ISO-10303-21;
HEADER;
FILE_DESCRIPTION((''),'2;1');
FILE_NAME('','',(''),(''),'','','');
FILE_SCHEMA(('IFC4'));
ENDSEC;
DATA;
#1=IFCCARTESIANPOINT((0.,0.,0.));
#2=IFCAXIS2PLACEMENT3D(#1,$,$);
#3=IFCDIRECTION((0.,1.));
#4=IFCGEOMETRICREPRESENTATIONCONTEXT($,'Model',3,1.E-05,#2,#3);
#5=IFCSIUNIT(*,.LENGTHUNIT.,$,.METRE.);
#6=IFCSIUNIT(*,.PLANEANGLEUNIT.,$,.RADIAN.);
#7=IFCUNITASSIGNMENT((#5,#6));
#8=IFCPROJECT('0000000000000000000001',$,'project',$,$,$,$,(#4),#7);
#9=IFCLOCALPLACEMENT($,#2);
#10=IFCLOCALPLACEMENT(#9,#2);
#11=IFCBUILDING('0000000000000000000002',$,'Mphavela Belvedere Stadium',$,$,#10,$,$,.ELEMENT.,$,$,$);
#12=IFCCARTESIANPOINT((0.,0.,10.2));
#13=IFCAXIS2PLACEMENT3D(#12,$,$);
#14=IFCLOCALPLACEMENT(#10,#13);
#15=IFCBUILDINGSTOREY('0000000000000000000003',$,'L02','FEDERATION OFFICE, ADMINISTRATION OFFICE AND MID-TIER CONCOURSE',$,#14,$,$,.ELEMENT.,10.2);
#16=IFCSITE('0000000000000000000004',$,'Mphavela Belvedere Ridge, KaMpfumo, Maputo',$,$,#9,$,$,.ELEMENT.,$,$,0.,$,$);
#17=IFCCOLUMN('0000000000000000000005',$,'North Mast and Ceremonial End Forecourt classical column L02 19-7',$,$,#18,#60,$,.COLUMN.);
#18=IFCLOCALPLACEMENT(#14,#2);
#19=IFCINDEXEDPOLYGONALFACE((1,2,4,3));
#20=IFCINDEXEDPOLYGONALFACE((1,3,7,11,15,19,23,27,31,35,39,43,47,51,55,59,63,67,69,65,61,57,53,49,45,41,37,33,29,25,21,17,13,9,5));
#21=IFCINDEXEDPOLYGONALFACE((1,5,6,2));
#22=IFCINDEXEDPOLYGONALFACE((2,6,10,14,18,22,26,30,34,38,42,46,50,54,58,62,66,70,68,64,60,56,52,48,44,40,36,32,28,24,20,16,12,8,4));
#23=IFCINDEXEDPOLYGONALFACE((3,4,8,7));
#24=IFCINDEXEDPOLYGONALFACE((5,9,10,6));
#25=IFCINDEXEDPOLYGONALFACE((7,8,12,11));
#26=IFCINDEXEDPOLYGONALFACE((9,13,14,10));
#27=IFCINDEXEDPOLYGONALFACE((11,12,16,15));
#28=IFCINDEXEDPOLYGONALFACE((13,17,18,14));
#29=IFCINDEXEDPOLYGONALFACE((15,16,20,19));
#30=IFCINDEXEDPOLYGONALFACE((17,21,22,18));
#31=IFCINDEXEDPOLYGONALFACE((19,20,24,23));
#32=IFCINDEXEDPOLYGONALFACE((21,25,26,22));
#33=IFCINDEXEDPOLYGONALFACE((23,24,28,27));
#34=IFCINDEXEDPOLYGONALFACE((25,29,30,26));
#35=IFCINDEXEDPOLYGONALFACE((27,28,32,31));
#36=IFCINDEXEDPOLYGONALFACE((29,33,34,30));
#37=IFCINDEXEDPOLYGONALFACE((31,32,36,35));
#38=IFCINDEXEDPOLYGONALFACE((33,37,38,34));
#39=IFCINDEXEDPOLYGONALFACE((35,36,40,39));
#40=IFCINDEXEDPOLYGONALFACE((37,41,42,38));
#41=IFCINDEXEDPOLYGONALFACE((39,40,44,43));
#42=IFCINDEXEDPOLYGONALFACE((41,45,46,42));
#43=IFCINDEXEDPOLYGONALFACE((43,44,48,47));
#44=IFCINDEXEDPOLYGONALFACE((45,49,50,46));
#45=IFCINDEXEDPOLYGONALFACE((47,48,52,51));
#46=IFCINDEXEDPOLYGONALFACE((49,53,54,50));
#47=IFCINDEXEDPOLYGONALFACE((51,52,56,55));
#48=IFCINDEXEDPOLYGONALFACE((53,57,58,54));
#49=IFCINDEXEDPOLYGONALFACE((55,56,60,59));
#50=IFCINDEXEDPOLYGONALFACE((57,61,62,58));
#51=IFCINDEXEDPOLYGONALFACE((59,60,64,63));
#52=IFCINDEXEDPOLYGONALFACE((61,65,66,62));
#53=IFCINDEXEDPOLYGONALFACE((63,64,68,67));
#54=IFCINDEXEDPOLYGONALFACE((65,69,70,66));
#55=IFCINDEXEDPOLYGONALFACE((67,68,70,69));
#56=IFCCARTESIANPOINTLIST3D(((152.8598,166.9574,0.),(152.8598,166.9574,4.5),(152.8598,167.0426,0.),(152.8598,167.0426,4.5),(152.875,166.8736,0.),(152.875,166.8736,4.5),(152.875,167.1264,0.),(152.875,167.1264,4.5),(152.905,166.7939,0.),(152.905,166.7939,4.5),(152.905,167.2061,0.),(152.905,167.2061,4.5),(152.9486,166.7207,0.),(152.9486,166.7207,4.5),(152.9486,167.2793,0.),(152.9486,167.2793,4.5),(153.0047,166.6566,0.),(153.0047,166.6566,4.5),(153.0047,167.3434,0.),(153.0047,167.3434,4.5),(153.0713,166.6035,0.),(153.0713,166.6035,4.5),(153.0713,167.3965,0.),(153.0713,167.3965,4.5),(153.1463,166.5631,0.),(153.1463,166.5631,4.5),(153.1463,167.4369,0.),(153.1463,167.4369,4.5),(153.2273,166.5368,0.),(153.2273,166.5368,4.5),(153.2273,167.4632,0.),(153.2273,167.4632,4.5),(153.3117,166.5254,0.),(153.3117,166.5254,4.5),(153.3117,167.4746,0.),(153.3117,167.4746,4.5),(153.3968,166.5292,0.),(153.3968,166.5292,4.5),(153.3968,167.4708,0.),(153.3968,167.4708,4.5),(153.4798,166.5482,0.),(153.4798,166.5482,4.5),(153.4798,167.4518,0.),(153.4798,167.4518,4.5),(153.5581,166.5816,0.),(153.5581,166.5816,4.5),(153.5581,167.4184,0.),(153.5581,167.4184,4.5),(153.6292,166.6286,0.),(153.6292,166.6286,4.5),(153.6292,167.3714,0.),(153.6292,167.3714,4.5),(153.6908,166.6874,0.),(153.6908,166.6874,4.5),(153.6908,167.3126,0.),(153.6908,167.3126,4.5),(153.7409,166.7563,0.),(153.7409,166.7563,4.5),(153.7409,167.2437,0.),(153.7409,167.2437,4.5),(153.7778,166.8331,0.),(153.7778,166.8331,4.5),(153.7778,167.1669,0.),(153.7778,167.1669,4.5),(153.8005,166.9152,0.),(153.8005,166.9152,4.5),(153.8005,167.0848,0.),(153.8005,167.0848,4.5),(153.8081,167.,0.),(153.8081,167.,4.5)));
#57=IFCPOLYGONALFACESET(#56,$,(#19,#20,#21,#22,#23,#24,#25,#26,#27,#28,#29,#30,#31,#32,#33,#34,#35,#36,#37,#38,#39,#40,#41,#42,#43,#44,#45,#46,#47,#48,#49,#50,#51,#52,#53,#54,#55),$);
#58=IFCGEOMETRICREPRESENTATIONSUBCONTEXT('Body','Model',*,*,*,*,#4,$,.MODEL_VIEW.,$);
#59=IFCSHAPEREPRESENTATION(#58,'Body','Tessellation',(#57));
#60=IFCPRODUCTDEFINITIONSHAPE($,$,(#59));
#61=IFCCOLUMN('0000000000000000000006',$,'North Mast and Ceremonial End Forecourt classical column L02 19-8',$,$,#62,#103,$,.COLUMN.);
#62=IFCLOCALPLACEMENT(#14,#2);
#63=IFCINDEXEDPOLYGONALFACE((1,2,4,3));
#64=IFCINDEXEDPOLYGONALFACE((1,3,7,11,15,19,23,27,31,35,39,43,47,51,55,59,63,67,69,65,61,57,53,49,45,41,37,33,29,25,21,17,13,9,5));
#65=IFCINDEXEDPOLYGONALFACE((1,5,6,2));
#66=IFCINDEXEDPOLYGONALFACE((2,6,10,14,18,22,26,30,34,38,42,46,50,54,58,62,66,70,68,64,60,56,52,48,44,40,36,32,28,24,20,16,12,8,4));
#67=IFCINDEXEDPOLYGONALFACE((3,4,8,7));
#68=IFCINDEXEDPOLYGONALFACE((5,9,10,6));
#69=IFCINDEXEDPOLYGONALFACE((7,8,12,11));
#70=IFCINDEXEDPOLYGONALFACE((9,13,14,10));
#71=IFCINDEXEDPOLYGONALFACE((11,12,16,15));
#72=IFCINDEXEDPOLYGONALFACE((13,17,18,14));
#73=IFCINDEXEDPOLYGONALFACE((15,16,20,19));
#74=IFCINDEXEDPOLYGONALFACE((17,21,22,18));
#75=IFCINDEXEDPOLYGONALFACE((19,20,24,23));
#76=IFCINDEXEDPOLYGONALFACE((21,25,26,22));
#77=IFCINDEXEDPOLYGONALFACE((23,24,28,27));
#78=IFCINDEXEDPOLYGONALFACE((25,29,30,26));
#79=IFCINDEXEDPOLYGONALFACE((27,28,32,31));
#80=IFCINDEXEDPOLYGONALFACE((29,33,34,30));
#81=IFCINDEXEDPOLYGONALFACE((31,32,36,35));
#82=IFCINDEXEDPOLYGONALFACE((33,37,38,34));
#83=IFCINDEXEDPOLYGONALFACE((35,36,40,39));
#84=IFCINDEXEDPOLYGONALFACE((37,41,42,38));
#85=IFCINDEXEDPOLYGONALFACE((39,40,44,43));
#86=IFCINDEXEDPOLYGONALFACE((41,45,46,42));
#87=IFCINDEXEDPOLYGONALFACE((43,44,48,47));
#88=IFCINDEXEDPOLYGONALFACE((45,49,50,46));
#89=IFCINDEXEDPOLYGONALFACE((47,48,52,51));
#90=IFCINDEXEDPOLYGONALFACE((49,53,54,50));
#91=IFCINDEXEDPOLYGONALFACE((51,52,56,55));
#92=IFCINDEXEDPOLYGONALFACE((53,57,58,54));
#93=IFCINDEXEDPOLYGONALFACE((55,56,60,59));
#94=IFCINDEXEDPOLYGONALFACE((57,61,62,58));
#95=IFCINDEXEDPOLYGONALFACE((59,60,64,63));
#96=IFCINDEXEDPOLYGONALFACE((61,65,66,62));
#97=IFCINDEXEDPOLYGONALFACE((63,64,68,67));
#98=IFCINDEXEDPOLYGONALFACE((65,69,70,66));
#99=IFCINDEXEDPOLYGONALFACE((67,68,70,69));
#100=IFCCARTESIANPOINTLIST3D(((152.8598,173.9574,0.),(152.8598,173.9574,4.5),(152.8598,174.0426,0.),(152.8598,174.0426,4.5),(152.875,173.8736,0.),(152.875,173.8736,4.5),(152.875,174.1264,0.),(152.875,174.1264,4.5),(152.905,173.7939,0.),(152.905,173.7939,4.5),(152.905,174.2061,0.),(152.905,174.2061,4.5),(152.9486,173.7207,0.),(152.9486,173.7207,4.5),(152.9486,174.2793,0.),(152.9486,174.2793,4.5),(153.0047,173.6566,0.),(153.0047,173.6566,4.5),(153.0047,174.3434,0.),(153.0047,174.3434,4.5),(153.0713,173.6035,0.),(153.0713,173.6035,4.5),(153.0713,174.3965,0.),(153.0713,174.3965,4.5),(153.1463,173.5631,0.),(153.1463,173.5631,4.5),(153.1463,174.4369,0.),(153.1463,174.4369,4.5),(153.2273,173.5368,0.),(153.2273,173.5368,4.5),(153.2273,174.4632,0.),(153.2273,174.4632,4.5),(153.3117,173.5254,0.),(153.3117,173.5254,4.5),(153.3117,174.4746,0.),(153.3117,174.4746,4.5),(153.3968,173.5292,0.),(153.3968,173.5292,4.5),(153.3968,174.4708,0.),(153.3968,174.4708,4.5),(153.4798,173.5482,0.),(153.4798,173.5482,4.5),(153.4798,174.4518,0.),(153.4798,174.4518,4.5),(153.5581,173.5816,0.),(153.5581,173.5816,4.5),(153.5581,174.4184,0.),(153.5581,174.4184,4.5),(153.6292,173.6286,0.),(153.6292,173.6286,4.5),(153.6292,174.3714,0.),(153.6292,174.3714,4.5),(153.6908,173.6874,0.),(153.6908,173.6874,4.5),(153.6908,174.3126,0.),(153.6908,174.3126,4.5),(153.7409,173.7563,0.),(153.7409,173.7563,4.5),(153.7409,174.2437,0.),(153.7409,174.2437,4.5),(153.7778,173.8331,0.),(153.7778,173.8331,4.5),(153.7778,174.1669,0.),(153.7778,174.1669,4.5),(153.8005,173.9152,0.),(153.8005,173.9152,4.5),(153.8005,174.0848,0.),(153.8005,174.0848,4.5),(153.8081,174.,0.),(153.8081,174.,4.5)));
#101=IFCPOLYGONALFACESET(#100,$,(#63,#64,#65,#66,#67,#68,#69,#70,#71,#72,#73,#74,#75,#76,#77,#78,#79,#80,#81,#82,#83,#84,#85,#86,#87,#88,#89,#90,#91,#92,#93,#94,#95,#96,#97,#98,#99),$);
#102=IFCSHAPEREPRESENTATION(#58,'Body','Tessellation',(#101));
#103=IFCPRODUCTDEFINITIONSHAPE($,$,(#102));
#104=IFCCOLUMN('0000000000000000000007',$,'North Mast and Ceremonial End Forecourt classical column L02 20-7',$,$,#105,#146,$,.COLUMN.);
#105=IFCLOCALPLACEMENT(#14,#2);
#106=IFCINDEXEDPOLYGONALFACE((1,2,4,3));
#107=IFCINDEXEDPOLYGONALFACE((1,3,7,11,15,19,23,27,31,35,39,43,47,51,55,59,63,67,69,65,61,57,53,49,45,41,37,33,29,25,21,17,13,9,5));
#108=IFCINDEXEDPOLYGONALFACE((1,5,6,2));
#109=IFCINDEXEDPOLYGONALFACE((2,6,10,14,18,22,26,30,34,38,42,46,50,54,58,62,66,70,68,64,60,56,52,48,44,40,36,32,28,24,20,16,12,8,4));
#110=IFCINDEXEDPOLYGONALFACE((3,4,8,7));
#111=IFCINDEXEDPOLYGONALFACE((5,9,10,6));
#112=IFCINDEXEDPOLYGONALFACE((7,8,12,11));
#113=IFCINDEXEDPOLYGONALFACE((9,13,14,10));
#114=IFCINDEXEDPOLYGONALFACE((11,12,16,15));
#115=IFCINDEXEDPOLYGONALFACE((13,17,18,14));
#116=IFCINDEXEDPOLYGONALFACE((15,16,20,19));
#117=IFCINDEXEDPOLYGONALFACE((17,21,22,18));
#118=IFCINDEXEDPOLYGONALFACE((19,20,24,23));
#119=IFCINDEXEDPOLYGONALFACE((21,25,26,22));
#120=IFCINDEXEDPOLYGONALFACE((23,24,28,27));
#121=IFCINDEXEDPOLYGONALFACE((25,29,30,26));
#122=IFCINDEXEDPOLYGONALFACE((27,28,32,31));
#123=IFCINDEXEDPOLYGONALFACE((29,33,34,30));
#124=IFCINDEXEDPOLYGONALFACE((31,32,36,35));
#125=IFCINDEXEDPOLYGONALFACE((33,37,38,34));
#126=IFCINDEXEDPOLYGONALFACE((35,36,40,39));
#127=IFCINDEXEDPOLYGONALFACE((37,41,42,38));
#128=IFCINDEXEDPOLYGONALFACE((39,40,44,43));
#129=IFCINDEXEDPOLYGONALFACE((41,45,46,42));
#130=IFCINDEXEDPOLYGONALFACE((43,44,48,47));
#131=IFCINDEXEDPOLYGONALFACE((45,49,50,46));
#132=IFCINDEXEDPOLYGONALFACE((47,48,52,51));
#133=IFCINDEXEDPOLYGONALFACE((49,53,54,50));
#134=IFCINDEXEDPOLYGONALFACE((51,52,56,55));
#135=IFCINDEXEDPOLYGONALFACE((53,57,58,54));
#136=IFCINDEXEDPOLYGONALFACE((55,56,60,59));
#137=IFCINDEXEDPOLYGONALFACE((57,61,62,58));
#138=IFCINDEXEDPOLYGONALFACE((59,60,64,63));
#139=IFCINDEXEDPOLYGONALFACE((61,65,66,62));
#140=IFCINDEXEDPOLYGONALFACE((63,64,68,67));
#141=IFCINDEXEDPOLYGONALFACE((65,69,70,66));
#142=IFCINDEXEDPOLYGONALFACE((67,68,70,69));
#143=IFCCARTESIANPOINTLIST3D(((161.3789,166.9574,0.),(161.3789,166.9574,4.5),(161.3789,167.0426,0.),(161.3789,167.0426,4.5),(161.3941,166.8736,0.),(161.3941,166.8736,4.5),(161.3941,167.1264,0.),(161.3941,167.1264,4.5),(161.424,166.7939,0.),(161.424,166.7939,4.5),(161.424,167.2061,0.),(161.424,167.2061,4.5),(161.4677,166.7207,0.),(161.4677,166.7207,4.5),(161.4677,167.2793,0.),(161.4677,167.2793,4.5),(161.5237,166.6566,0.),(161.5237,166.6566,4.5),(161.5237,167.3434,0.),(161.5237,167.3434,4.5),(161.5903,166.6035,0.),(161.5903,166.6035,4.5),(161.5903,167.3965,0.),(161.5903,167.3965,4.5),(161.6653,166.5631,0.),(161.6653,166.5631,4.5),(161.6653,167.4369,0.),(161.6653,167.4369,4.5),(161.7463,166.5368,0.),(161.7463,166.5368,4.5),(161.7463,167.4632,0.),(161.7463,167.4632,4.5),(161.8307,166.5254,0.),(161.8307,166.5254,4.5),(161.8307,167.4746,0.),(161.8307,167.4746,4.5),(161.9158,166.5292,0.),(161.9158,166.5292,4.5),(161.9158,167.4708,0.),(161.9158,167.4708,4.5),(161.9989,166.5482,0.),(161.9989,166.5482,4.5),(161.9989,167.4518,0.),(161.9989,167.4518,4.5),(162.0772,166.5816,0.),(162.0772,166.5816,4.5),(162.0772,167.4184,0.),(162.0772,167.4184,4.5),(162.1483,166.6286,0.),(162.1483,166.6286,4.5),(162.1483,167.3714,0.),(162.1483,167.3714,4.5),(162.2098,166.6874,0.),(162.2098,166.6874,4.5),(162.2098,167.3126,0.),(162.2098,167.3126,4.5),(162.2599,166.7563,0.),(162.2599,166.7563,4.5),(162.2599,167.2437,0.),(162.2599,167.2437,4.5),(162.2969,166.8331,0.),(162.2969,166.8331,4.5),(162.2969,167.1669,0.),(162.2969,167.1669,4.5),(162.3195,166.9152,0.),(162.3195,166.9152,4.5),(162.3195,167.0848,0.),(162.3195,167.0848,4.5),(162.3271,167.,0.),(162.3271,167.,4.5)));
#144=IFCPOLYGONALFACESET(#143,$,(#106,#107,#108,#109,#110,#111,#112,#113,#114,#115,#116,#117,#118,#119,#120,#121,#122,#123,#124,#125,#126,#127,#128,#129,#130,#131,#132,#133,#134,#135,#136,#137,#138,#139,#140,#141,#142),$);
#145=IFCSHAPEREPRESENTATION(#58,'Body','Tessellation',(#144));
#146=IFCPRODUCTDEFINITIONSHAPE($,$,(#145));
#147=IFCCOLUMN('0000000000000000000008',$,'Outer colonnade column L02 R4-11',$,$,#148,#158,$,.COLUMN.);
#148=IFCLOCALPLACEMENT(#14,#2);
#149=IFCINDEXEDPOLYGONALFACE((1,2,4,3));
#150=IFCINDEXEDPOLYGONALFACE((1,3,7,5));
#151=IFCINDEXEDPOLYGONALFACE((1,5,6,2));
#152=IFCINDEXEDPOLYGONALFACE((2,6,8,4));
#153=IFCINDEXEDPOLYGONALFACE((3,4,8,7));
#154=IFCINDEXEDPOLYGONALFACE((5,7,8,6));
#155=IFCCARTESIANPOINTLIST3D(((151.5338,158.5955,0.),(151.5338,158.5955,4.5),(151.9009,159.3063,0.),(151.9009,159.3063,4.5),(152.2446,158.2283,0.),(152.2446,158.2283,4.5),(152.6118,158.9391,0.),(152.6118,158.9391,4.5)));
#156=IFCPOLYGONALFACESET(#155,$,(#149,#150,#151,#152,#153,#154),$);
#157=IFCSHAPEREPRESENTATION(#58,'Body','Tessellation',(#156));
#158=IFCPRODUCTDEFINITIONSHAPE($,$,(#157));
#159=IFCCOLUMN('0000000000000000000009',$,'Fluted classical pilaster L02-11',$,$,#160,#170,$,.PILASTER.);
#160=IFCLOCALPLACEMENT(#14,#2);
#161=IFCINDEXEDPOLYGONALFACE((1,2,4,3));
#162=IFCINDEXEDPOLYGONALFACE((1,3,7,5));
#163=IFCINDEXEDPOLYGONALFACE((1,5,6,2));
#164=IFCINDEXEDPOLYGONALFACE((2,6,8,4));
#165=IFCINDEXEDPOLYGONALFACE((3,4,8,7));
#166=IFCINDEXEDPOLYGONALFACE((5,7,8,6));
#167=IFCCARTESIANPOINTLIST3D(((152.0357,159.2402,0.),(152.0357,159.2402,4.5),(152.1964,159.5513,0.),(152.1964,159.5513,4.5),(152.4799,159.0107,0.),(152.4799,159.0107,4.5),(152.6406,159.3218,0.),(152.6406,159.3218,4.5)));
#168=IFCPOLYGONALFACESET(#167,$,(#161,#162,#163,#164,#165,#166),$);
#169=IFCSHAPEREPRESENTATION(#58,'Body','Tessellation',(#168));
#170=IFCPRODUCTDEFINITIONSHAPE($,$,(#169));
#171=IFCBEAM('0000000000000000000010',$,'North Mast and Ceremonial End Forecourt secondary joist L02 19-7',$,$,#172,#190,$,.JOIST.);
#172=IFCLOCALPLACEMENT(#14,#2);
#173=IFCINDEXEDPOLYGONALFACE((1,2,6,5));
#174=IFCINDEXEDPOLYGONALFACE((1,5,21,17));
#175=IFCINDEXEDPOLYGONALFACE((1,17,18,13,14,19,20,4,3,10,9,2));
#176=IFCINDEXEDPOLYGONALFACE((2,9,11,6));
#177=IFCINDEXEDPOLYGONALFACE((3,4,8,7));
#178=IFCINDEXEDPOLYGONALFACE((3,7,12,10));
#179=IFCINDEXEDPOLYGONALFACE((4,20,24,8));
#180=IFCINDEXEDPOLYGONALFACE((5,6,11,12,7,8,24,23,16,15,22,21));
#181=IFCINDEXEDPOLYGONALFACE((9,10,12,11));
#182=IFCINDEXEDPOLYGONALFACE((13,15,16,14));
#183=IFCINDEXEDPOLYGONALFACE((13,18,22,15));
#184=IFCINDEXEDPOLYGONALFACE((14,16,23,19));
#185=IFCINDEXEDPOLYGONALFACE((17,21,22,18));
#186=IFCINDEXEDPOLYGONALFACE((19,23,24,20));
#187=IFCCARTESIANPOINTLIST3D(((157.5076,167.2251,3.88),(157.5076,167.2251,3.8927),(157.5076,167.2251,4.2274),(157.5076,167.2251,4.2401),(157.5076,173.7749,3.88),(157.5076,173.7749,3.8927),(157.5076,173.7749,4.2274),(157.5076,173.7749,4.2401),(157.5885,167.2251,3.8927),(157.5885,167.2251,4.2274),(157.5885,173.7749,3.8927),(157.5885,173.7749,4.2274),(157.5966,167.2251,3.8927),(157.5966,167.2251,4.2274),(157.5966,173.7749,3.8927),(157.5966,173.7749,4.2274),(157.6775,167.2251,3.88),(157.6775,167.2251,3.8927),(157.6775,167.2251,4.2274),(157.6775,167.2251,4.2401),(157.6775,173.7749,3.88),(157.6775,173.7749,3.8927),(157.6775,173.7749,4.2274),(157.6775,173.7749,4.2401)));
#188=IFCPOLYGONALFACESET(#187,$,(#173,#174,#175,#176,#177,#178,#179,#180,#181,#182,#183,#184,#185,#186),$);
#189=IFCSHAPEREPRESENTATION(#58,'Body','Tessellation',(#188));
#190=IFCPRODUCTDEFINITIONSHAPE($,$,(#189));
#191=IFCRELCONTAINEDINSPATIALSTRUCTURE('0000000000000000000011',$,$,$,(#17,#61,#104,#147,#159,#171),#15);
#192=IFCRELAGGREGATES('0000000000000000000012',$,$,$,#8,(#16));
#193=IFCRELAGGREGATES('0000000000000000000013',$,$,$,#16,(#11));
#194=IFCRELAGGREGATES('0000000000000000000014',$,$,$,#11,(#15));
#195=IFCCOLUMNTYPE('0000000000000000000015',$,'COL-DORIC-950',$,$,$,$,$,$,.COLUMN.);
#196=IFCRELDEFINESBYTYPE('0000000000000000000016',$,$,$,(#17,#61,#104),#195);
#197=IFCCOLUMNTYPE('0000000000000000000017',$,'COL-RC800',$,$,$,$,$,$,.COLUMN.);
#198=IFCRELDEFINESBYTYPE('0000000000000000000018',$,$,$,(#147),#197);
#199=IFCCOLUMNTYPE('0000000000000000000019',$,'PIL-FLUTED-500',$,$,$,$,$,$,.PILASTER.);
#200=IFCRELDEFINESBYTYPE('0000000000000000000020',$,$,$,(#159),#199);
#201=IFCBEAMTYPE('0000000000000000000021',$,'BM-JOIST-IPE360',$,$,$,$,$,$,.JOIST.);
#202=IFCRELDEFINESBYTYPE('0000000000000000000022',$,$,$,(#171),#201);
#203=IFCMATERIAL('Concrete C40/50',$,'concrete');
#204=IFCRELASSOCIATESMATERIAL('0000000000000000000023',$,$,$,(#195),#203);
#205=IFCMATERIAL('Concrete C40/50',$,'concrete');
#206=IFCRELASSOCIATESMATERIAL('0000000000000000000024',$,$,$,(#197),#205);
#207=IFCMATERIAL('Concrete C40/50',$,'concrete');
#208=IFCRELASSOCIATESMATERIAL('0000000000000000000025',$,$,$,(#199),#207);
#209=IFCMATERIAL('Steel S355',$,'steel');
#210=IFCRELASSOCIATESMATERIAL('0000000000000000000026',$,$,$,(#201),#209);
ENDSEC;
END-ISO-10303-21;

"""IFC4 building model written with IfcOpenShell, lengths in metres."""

from ifc_helpers import new_model, si_unit, direction, frame, origin, origin_2d, place, context, subcontext, project, spatial, rectangle, circle, i_section, extrude, material, material_profile, profile_set, type_object, element, save


model = new_model("IFC4")

# Units and contexts
model_context = context("Model", 3, precision=1e-05, world=origin(), true_north=direction((0.0, 1.0)))
body_context = subcontext(model_context, "Body", "Model", "MODEL_VIEW")
ifc_project = project(units=[si_unit("LENGTHUNIT", "METRE"), si_unit("PLANEANGLEUNIT", "RADIAN")], contexts=[model_context])

# Site, building, storey
site_placement = place(None, origin())
site = spatial("IfcSite", under=ifc_project, at=site_placement, Name="Mphavela Belvedere Ridge, KaMpfumo, Maputo", CompositionType="ELEMENT", RefElevation=0.0)
building_placement = place(site_placement, origin())
building = spatial("IfcBuilding", under=site, at=building_placement, Name="Mphavela Belvedere Stadium", CompositionType="ELEMENT")
storey_placement = place(building_placement, frame((0.0, 0.0, 10.2)))
storey = spatial("IfcBuildingStorey", under=building, at=storey_placement, Name="L02", Description="FEDERATION OFFICE, ADMINISTRATION OFFICE AND MID-TIER CONCOURSE", CompositionType="ELEMENT", Elevation=10.2)

# Columns
ifc_material_1 = material(Name="Concrete C40/50", Category="concrete")
ifc_material_profile_1 = material_profile(ifc_material_1, circle(Radius=0.4751, at=origin_2d()), Name="COL D950")
ifc_profile_set_1 = profile_set([ifc_material_profile_1], Name="Concrete C40/50")
column_type_1 = type_object("IfcColumnType", Name="COL-DORIC-950", PredefinedType="COLUMN", material=ifc_profile_set_1)
for number, where, z_axis, x_axis, name in (
    (1, (153.333, 167.0, 0.0), (0.0, 0.0, 1.0), (1.0, 0.0, 0.0), "North Mast and Ceremonial End Forecourt classical column L02 19-7"),
    (2, (153.333, 174.0, 0.0), (0.0, 0.0, 1.0), (1.0, 0.0, 0.0), "North Mast and Ceremonial End Forecourt classical column L02 19-8"),
    (3, (161.8521, 167.0, 0.0), (0.0, 0.0, 1.0), (1.0, 0.0, 0.0), "North Mast and Ceremonial End Forecourt classical column L02 20-7"),
):
    element("IfcColumn", number, at=place(storey_placement, frame(where, z_axis=z_axis, x_axis=x_axis)), inside=storey, type_object=column_type_1, Name=name, PredefinedType="COLUMN", context=body_context, shape_type="SweptSolid", body=[
        extrude(circle(Radius=0.4751, at=origin_2d()), origin(), (0.0, 0.0, 1.0), 4.5),
    ])
ifc_material_2 = material(Name="Concrete C40/50", Category="concrete")
ifc_material_profile_2 = material_profile(ifc_material_2, rectangle(XDim=0.8, YDim=0.8, at=origin_2d()), Name="RC 800x800")
ifc_profile_set_2 = profile_set([ifc_material_profile_2], Name="Concrete C40/50")
column_type_2 = type_object("IfcColumnType", Name="COL-RC800", PredefinedType="COLUMN", material=ifc_profile_set_2)
column_1_placement = place(storey_placement, frame((152.0728, 158.7673, 0.0), z_axis=(0.0, 0.0, 1.0), x_axis=(0.45896, 0.888457, 0.0)))
element("IfcColumn", 4, at=column_1_placement, inside=storey, type_object=column_type_2, Name="Outer colonnade column L02 R4-11", PredefinedType="COLUMN", context=body_context, shape_type="SweptSolid", body=[
    extrude(rectangle(XDim=0.8, YDim=0.8, at=origin_2d()), origin(), (0.0, 0.0, 1.0), 4.5),
])
ifc_material_3 = material(Name="Concrete C40/50", Category="concrete")
ifc_material_profile_3 = material_profile(ifc_material_3, rectangle(XDim=0.5, YDim=0.3501, at=origin_2d()), Name="PIL 500x350")
ifc_profile_set_3 = profile_set([ifc_material_profile_3], Name="Concrete C40/50")
column_type_3 = type_object("IfcColumnType", Name="PIL-FLUTED-500", PredefinedType="PILASTER", material=ifc_profile_set_3)
column_2_placement = place(storey_placement, frame((152.3381, 159.281, 0.0), z_axis=(0.0, 0.0, 1.0), x_axis=(-0.888457, 0.45896, 0.0)))
element("IfcColumn", 5, at=column_2_placement, inside=storey, type_object=column_type_3, Name="Fluted classical pilaster L02-11", PredefinedType="PILASTER", context=body_context, shape_type="SweptSolid", body=[
    extrude(rectangle(XDim=0.5, YDim=0.3501, at=origin_2d()), origin(), (0.0, 0.0, 1.0), 4.5),
])

# Beam
ifc_material_4 = material(Name="Steel S355", Category="steel")
ifc_material_profile_4 = material_profile(ifc_material_4, i_section(OverallWidth=0.1699, OverallDepth=0.3601, WebThickness=0.0081, FlangeThickness=0.0127, at=origin_2d()), Name="IPE 360")
ifc_profile_set_4 = profile_set([ifc_material_profile_4], Name="Steel S355")
beam_type_1 = type_object("IfcBeamType", Name="BM-JOIST-IPE360", PredefinedType="JOIST", material=ifc_profile_set_4)
beam_1_placement = place(storey_placement, frame((157.5925, 167.2251, 4.0601), z_axis=(0.0, 1.0, 0.0), x_axis=(-1.0, 0.0, 0.0)))
element("IfcBeam", 6, at=beam_1_placement, inside=storey, type_object=beam_type_1, Name="North Mast and Ceremonial End Forecourt secondary joist L02 19-7", PredefinedType="JOIST", context=body_context, shape_type="SweptSolid", body=[
    extrude(i_section(OverallWidth=0.1699, OverallDepth=0.3601, WebThickness=0.0081, FlangeThickness=0.0127, at=origin_2d()), origin(), (0.0, 0.0, 1.0), 6.5498),
])

save(model, "model.ifc")
